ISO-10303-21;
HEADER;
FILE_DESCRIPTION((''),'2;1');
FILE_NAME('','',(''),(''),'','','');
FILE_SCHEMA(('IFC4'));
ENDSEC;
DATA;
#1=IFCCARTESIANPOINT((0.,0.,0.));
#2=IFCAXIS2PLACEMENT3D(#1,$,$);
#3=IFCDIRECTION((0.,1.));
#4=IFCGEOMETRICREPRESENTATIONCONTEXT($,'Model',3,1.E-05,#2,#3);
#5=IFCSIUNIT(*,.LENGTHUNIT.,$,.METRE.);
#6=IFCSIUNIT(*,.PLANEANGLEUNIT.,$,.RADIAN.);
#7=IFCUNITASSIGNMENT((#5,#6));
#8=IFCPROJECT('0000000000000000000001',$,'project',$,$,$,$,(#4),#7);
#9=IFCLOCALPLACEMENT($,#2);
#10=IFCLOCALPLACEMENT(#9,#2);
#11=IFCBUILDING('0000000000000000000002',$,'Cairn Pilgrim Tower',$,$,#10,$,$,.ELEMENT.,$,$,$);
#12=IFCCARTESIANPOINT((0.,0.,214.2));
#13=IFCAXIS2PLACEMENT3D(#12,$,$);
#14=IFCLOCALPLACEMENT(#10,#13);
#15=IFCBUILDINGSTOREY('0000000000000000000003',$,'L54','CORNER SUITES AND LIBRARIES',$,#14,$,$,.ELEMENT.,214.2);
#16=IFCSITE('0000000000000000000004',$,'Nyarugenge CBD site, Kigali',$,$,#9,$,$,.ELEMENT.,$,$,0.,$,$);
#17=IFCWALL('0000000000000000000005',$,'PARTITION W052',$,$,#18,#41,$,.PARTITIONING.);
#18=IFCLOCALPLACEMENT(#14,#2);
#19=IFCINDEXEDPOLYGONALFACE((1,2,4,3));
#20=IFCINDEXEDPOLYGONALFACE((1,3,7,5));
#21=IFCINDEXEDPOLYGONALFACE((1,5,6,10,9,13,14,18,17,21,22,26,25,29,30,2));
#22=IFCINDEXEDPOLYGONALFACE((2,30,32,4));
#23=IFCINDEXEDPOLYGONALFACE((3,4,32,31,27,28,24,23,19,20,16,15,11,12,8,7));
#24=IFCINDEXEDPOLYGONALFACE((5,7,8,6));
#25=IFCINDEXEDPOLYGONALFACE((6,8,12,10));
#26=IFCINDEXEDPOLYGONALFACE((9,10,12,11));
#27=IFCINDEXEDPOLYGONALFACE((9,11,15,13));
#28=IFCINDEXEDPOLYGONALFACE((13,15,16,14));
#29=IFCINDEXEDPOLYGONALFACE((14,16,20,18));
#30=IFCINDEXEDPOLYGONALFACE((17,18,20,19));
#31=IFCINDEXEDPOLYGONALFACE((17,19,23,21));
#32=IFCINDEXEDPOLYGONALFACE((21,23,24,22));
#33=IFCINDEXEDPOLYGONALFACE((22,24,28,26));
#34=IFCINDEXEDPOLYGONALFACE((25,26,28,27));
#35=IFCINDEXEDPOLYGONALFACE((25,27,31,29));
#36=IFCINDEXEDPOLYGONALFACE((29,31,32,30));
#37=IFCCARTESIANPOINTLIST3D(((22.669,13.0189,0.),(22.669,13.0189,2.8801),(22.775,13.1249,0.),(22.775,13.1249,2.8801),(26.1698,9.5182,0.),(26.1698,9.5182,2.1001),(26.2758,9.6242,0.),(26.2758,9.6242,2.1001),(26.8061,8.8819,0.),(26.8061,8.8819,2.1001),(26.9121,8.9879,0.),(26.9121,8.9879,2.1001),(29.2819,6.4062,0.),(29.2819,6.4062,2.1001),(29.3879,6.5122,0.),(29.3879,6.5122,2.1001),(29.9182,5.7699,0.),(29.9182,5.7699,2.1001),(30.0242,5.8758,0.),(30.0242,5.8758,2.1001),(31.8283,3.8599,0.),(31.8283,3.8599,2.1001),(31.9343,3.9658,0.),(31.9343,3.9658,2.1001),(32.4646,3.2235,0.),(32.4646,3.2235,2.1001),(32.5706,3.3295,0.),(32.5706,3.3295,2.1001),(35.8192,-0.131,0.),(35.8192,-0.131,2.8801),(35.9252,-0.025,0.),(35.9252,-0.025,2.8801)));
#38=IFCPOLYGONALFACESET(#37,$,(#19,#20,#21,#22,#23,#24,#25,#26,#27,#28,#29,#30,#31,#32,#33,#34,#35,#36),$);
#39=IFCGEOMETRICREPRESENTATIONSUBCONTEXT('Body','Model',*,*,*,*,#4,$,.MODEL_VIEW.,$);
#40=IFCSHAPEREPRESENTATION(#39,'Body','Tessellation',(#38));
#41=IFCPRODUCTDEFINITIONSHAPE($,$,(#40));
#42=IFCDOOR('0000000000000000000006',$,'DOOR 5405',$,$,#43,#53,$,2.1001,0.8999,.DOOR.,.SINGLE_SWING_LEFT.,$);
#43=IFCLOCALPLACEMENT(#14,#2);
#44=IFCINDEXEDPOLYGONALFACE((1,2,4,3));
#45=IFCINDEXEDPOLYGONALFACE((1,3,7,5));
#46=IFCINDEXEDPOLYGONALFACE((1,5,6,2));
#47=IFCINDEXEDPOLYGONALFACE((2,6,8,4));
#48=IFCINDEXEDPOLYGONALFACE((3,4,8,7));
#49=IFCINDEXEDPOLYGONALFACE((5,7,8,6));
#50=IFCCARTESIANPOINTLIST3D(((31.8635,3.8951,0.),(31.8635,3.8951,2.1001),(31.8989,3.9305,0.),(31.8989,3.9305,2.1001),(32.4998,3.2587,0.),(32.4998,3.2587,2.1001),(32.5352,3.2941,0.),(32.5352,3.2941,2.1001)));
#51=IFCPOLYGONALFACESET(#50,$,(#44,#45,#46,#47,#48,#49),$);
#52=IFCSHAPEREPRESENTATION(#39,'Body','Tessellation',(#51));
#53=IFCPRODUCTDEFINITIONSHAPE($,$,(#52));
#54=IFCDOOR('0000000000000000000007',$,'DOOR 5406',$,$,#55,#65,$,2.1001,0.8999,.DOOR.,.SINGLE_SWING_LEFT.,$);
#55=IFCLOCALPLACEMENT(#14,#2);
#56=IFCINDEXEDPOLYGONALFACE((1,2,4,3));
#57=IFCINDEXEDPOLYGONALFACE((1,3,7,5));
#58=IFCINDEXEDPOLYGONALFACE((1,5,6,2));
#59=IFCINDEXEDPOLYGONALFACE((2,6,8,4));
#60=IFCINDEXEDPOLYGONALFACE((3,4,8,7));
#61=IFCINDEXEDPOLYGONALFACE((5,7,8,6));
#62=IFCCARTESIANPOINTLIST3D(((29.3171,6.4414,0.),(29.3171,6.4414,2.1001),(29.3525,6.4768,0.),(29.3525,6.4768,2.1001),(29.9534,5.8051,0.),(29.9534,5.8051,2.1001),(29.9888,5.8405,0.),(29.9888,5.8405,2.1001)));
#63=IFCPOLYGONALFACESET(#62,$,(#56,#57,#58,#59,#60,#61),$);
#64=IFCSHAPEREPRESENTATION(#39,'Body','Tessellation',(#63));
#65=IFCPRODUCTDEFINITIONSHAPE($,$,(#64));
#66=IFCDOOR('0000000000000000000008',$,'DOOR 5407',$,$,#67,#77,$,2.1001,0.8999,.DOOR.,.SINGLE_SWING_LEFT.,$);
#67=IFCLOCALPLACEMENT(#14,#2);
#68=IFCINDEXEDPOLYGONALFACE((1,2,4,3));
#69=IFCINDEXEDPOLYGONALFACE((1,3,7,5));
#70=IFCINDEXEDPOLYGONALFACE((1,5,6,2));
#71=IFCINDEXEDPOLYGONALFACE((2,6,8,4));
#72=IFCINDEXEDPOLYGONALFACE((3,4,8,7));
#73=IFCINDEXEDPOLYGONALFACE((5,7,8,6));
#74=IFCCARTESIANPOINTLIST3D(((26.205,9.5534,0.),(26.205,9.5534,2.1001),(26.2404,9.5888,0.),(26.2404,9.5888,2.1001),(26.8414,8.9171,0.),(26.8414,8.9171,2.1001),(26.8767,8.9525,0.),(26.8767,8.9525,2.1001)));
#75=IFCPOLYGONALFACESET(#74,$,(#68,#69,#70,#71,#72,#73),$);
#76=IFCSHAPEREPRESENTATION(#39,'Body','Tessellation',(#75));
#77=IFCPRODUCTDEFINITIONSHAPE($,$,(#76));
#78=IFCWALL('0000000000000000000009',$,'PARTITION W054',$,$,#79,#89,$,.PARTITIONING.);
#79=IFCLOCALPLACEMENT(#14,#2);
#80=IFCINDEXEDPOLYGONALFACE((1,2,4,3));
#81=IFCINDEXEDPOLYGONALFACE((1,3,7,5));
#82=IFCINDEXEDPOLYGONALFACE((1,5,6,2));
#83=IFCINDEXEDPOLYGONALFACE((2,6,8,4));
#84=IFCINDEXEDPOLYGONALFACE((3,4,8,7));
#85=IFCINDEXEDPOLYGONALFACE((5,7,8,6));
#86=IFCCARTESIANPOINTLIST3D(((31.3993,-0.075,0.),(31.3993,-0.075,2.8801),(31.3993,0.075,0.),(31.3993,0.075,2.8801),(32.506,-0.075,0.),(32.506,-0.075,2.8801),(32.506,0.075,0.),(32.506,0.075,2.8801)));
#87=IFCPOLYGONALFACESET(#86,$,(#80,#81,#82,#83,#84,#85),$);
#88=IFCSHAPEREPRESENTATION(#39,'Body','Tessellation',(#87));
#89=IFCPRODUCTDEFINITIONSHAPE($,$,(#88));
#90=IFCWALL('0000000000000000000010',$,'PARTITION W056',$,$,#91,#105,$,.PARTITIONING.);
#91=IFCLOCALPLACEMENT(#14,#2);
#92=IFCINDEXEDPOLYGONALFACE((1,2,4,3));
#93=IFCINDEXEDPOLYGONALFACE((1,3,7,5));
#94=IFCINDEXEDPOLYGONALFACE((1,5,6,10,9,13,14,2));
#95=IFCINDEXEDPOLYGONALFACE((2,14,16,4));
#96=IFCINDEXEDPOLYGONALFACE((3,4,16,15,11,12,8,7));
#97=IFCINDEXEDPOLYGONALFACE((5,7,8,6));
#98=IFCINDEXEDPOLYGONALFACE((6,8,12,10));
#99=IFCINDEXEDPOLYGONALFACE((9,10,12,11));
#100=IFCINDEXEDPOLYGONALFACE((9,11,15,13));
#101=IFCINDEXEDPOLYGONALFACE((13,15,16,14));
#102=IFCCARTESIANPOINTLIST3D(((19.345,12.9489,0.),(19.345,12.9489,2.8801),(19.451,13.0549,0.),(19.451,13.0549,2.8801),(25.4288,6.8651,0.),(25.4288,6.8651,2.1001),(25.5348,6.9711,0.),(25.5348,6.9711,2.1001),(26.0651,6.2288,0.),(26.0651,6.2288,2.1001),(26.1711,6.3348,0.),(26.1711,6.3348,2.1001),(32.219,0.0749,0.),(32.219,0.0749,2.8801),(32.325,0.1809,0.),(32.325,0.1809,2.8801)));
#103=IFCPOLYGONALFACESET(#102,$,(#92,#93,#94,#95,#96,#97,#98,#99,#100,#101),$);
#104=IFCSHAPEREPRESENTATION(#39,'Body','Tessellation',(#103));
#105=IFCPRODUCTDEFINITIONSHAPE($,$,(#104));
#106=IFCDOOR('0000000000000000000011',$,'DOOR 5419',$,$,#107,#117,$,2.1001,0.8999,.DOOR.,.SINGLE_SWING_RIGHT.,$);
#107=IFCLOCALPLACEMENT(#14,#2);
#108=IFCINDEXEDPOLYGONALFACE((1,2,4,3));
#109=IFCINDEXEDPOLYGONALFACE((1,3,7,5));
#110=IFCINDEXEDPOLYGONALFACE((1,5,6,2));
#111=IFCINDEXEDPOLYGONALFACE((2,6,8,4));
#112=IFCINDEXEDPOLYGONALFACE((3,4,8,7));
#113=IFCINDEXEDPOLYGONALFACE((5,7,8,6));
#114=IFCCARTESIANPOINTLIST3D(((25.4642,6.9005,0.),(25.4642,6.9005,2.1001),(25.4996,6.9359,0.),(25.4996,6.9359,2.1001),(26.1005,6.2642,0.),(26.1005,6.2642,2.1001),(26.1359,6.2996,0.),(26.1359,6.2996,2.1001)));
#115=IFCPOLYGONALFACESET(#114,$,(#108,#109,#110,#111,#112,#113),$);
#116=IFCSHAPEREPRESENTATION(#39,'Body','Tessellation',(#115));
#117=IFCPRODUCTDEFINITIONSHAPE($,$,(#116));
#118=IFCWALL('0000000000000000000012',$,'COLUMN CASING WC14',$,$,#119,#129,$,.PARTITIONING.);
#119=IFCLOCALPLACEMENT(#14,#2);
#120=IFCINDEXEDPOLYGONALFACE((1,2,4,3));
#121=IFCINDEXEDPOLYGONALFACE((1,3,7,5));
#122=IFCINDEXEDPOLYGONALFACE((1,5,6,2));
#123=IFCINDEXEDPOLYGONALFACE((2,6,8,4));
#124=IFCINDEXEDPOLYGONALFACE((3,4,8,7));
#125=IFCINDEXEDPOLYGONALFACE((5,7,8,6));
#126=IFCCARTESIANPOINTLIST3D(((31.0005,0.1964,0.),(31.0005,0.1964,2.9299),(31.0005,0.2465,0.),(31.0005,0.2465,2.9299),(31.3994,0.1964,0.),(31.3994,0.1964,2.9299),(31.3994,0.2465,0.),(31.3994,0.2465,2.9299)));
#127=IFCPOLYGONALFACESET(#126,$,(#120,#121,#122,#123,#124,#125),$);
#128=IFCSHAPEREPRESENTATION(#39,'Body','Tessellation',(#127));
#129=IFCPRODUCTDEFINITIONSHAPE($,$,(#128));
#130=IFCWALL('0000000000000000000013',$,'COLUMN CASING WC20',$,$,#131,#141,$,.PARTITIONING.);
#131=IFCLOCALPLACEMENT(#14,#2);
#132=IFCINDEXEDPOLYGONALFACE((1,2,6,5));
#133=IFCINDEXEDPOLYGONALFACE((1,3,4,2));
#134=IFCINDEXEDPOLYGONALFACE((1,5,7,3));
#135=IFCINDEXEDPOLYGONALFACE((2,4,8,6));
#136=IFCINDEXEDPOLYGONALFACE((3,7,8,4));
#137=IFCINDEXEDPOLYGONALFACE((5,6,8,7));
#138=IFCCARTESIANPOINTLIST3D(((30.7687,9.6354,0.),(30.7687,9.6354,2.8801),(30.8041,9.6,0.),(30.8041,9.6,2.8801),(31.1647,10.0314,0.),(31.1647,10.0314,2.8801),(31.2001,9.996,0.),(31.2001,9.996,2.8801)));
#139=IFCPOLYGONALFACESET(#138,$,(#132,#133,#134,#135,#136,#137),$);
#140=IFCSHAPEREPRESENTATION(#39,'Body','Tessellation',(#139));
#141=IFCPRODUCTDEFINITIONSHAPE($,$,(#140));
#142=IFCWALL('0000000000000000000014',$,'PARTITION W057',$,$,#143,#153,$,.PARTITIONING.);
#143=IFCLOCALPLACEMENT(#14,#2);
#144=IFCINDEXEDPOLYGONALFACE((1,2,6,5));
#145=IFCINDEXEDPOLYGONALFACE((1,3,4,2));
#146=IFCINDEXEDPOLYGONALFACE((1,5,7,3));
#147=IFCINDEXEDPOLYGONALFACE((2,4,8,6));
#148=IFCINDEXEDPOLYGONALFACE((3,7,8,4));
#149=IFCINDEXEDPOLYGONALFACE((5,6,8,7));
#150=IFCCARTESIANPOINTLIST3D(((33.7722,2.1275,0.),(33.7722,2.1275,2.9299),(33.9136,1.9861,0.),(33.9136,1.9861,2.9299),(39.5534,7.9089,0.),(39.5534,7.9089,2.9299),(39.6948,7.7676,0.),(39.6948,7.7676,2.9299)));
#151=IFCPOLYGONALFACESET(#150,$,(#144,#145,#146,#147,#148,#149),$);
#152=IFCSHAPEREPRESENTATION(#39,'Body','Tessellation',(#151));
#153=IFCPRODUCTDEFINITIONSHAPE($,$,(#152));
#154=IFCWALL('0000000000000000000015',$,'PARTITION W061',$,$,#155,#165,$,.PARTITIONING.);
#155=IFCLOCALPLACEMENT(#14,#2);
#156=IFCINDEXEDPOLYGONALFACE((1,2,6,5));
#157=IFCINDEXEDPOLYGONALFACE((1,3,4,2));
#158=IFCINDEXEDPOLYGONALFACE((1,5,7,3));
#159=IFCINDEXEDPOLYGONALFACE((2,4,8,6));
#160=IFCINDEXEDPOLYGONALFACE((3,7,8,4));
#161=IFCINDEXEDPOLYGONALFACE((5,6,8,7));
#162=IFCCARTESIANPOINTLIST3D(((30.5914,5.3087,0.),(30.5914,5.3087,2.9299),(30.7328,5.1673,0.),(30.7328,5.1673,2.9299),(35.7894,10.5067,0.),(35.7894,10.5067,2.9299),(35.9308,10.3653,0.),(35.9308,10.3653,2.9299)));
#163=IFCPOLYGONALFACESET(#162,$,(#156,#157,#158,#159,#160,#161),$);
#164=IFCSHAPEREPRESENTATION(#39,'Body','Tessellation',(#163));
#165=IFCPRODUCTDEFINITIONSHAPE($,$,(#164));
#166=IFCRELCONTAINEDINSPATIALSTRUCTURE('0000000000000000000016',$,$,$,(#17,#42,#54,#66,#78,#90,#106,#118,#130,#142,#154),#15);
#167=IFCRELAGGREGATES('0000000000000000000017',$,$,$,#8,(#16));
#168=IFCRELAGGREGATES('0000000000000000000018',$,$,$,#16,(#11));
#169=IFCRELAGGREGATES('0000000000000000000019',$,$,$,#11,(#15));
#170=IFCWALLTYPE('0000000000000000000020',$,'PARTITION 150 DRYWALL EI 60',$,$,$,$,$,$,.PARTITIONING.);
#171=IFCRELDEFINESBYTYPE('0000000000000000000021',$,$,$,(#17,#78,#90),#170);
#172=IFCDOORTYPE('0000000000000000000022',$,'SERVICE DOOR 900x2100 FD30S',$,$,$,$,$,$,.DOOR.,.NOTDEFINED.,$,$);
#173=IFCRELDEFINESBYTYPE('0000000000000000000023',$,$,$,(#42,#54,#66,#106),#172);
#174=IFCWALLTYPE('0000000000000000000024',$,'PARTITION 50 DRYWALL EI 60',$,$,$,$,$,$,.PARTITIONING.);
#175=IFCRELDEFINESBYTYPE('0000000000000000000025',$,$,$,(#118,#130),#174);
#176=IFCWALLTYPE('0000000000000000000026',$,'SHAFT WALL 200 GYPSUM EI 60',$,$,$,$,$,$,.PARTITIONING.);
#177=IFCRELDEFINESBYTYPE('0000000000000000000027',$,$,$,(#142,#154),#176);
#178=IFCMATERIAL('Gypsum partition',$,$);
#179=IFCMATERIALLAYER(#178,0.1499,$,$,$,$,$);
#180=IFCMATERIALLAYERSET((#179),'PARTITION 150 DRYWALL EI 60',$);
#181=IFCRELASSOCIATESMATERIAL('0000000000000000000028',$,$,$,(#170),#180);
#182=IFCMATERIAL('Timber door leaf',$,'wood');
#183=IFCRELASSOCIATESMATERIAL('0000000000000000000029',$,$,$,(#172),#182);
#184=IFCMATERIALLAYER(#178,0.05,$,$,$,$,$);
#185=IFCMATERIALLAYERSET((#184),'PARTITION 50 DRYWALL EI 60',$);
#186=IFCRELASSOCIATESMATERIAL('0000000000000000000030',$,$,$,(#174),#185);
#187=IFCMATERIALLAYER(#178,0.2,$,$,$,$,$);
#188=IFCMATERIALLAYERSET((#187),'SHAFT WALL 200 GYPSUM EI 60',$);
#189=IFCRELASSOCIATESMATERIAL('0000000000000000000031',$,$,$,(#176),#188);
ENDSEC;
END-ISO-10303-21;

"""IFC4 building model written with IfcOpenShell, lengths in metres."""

from ifc_helpers import new_model, si_unit, direction, frame, frame_2d, origin, place, context, subcontext, project, spatial, rectangle, extrude, material, layer, layer_set, type_object, element, fill, save


model = new_model("IFC4")

# Units and contexts
model_context = context("Model", 3, precision=1e-05, world=origin(), true_north=direction((0.0, 1.0)))
body_context = subcontext(model_context, "Body", "Model", "MODEL_VIEW")
ifc_project = project(units=[si_unit("LENGTHUNIT", "METRE"), si_unit("PLANEANGLEUNIT", "RADIAN")], contexts=[model_context])

# Site, building, storey
site_placement = place(None, origin())
site = spatial("IfcSite", under=ifc_project, at=site_placement, Name="Nyarugenge CBD site, Kigali", CompositionType="ELEMENT", RefElevation=0.0)
building_placement = place(site_placement, origin())
building = spatial("IfcBuilding", under=site, at=building_placement, Name="Cairn Pilgrim Tower", CompositionType="ELEMENT")
storey_placement = place(building_placement, frame((0.0, 0.0, 214.2)))
storey = spatial("IfcBuildingStorey", under=building, at=storey_placement, Name="L54", Description="CORNER SUITES AND LIBRARIES", CompositionType="ELEMENT", Elevation=214.2)

# Wall, openings, doors
ifc_material_1 = material(Name="Gypsum partition")
ifc_layer_1 = layer(ifc_material_1, 0.1499)
ifc_layer_set_1 = layer_set([ifc_layer_1], Name="PARTITION 150 DRYWALL EI 60")
wall_type_1 = type_object("IfcWallType", Name="PARTITION 150 DRYWALL EI 60", PredefinedType="PARTITIONING", material=ifc_layer_set_1)
wall_1_placement = place(storey_placement, frame((35.8721, -0.0779, 0.0), z_axis=(0.0, 0.0, 1.0), x_axis=(-0.707113, 0.7071, 0.0)))
wall_1 = element("IfcWall", 1, at=wall_1_placement, inside=storey, type_object=wall_type_1, Name="PARTITION W052", PredefinedType="PARTITIONING", context=body_context, shape_type="SweptSolid", body=[
    extrude(rectangle(XDim=18.5969, YDim=0.1499, at=frame_2d((9.2983, 0.0))), origin(), (0.0, 0.0, 1.0), 2.8801),
])
opening_1_placement = place(wall_1_placement, frame((4.7439, 0.0, 0.0)))
opening_1 = element("IfcOpeningElement", 2, at=opening_1_placement, cuts=wall_1, PredefinedType="OPENING", context=body_context, shape_type="SweptSolid", body=[
    extrude(rectangle(XDim=0.8999, YDim=2.1001, at=frame_2d((0.45, 1.05))), frame((0.0, 0.085, 0.0), z_axis=(0.0, -1.0, 0.0), x_axis=(1.0, 0.0, 0.0)), (0.0, 0.0, 1.0), 0.1699),
])
opening_2_placement = place(wall_1_placement, frame((8.345, 0.0, 0.0)))
opening_2 = element("IfcOpeningElement", 3, at=opening_2_placement, cuts=wall_1, PredefinedType="OPENING", context=body_context, shape_type="SweptSolid", body=[
    extrude(rectangle(XDim=0.8999, YDim=2.1001, at=frame_2d((0.45, 1.05))), frame((0.0, 0.085, 0.0), z_axis=(0.0, -1.0, 0.0), x_axis=(1.0, 0.0, 0.0)), (0.0, 0.0, 1.0), 0.1699),
])
opening_3_placement = place(wall_1_placement, frame((12.7461, 0.0, 0.0)))
opening_3 = element("IfcOpeningElement", 4, at=opening_3_placement, cuts=wall_1, PredefinedType="OPENING", context=body_context, shape_type="SweptSolid", body=[
    extrude(rectangle(XDim=0.8999, YDim=2.1001, at=frame_2d((0.45, 1.05))), frame((0.0, 0.085, 0.0), z_axis=(0.0, -1.0, 0.0), x_axis=(1.0, 0.0, 0.0)), (0.0, 0.0, 1.0), 0.1699),
])
ifc_material_2 = material(Name="Timber door leaf", Category="wood")
door_type_1 = type_object("IfcDoorType", Name="SERVICE DOOR 900x2100 FD30S", OperationType="NOTDEFINED", PredefinedType="DOOR", material=ifc_material_2)
door_1_placement = place(opening_1_placement, frame((0.8999, 0.0, 0.0), z_axis=(0.0, 0.0, 1.0), x_axis=(-1.0, 0.0, 0.0)))
door_1 = element("IfcDoor", 5, at=door_1_placement, inside=storey, type_object=door_type_1, Name="DOOR 5405", OperationType="SINGLE_SWING_LEFT", OverallHeight=2.1001, OverallWidth=0.8999, PredefinedType="DOOR", context=body_context, shape_type="SweptSolid", body=[
    extrude(rectangle(XDim=0.8999, YDim=2.1001, at=frame_2d((0.45, 1.05))), frame((0.0, 0.0249, 0.0), z_axis=(0.0, -1.0, 0.0), x_axis=(1.0, 0.0, 0.0)), (0.0, 0.0, 1.0), 0.05),
])
fill(opening_1, door_1)
door_2_placement = place(opening_2_placement, frame((0.8999, 0.0, 0.0), z_axis=(0.0, 0.0, 1.0), x_axis=(-1.0, 0.0, 0.0)))
door_2 = element("IfcDoor", 6, at=door_2_placement, inside=storey, type_object=door_type_1, Name="DOOR 5406", OperationType="SINGLE_SWING_LEFT", OverallHeight=2.1001, OverallWidth=0.8999, PredefinedType="DOOR", context=body_context, shape_type="SweptSolid", body=[
    extrude(rectangle(XDim=0.8999, YDim=2.1001, at=frame_2d((0.45, 1.05))), frame((0.0, 0.0249, 0.0), z_axis=(0.0, -1.0, 0.0), x_axis=(1.0, 0.0, 0.0)), (0.0, 0.0, 1.0), 0.05),
])
fill(opening_2, door_2)
door_3_placement = place(opening_3_placement, frame((0.8999, 0.0, 0.0), z_axis=(0.0, 0.0, 1.0), x_axis=(-1.0, 0.0, 0.0)))
door_3 = element("IfcDoor", 7, at=door_3_placement, inside=storey, type_object=door_type_1, Name="DOOR 5407", OperationType="SINGLE_SWING_LEFT", OverallHeight=2.1001, OverallWidth=0.8999, PredefinedType="DOOR", context=body_context, shape_type="SweptSolid", body=[
    extrude(rectangle(XDim=0.8999, YDim=2.1001, at=frame_2d((0.45, 1.05))), frame((0.0, 0.0249, 0.0), z_axis=(0.0, -1.0, 0.0), x_axis=(1.0, 0.0, 0.0)), (0.0, 0.0, 1.0), 0.05),
])
fill(opening_3, door_3)

# Wall
wall_2_placement = place(storey_placement, frame((31.3994, 0.0, 0.0), z_axis=(0.0, 0.0, 1.0), x_axis=(1.0, 0.0, 0.0)))
element("IfcWall", 8, at=wall_2_placement, inside=storey, type_object=wall_type_1, Name="PARTITION W054", PredefinedType="PARTITIONING", context=body_context, shape_type="SweptSolid", body=[
    extrude(rectangle(XDim=1.1067, YDim=0.1499, at=frame_2d((0.5532, 0.0))), origin(), (0.0, 0.0, 1.0), 2.8801),
])

# Wall, opening, door
wall_3_placement = place(storey_placement, frame((32.272, 0.1279, 0.0), z_axis=(0.0, 0.0, 1.0), x_axis=(-0.707107, 0.707107, 0.0)))
wall_3 = element("IfcWall", 9, at=wall_3_placement, inside=storey, type_object=wall_type_1, Name="PARTITION W056", PredefinedType="PARTITIONING", context=body_context, shape_type="SweptSolid", body=[
    extrude(rectangle(XDim=18.2065, YDim=0.1499, at=frame_2d((9.1033, 0.0))), origin(), (0.0, 0.0, 1.0), 2.8801),
])
opening_4_placement = place(wall_3_placement, frame((8.7029, 0.0, 0.0)))
opening_4 = element("IfcOpeningElement", 10, at=opening_4_placement, cuts=wall_3, PredefinedType="OPENING", context=body_context, shape_type="SweptSolid", body=[
    extrude(rectangle(XDim=0.8999, YDim=2.1001, at=frame_2d((0.45, 1.05))), frame((0.0, 0.085, 0.0), z_axis=(0.0, -1.0, 0.0), x_axis=(1.0, 0.0, 0.0)), (0.0, 0.0, 1.0), 0.1699),
])
door_4_placement = place(opening_4_placement, origin())
door_4 = element("IfcDoor", 11, at=door_4_placement, inside=storey, type_object=door_type_1, Name="DOOR 5419", OperationType="SINGLE_SWING_RIGHT", OverallHeight=2.1001, OverallWidth=0.8999, PredefinedType="DOOR", context=body_context, shape_type="SweptSolid", body=[
    extrude(rectangle(XDim=0.8999, YDim=2.1001, at=frame_2d((0.45, 1.05))), frame((0.0, 0.0249, 0.0), z_axis=(0.0, -1.0, 0.0), x_axis=(1.0, 0.0, 0.0)), (0.0, 0.0, 1.0), 0.05),
])
fill(opening_4, door_4)

# Walls
ifc_layer_2 = layer(ifc_material_1, 0.05)
ifc_layer_set_2 = layer_set([ifc_layer_2], Name="PARTITION 50 DRYWALL EI 60")
wall_type_2 = type_object("IfcWallType", Name="PARTITION 50 DRYWALL EI 60", PredefinedType="PARTITIONING", material=ifc_layer_set_2)
wall_4_placement = place(storey_placement, frame((31.0005, 0.2214, 0.0), z_axis=(0.0, 0.0, 1.0), x_axis=(1.0, 0.0, 0.0)))
element("IfcWall", 12, at=wall_4_placement, inside=storey, type_object=wall_type_2, Name="COLUMN CASING WC14", PredefinedType="PARTITIONING", context=body_context, shape_type="SweptSolid", body=[
    extrude(rectangle(XDim=0.3989, YDim=0.05, at=frame_2d((0.1995, 0.0))), origin(), (0.0, 0.0, 1.0), 2.9299),
])
wall_5_placement = place(storey_placement, frame((30.7864, 9.6177, 0.0), z_axis=(0.0, 0.0, 1.0), x_axis=(0.707107, 0.707107, 0.0)))
element("IfcWall", 13, at=wall_5_placement, inside=storey, type_object=wall_type_2, Name="COLUMN CASING WC20", PredefinedType="PARTITIONING", context=body_context, shape_type="SweptSolid", body=[
    extrude(rectangle(XDim=0.5601, YDim=0.05, at=frame_2d((0.28, 0.0))), origin(), (0.0, 0.0, 1.0), 2.8801),
])
ifc_layer_3 = layer(ifc_material_1, 0.2)
ifc_layer_set_3 = layer_set([ifc_layer_3], Name="SHAFT WALL 200 GYPSUM EI 60")
wall_type_3 = type_object("IfcWallType", Name="SHAFT WALL 200 GYPSUM EI 60", PredefinedType="PARTITIONING", material=ifc_layer_set_3)
wall_6_placement = place(storey_placement, frame((33.843, 2.0569, 0.0), z_axis=(0.0, 0.0, 1.0), x_axis=(0.707092, 0.707122, 0.0)))
element("IfcWall", 14, at=wall_6_placement, inside=storey, type_object=wall_type_3, Name="PARTITION W057", PredefinedType="PARTITIONING", context=body_context, shape_type="SweptSolid", body=[
    extrude(rectangle(XDim=8.176, YDim=0.2, at=frame_2d((4.0879, 0.0))), origin(), (0.0, 0.0, 1.0), 2.9299),
])
wall_7_placement = place(storey_placement, frame((30.6621, 5.238, 0.0), z_axis=(0.0, 0.0, 1.0), x_axis=(0.707107, 0.707107, 0.0)))
element("IfcWall", 15, at=wall_7_placement, inside=storey, type_object=wall_type_3, Name="PARTITION W061", PredefinedType="PARTITIONING", context=body_context, shape_type="SweptSolid", body=[
    extrude(rectangle(XDim=7.3511, YDim=0.2, at=frame_2d((3.6755, 0.0))), origin(), (0.0, 0.0, 1.0), 2.9299),
])

save(model, "model.ifc")
